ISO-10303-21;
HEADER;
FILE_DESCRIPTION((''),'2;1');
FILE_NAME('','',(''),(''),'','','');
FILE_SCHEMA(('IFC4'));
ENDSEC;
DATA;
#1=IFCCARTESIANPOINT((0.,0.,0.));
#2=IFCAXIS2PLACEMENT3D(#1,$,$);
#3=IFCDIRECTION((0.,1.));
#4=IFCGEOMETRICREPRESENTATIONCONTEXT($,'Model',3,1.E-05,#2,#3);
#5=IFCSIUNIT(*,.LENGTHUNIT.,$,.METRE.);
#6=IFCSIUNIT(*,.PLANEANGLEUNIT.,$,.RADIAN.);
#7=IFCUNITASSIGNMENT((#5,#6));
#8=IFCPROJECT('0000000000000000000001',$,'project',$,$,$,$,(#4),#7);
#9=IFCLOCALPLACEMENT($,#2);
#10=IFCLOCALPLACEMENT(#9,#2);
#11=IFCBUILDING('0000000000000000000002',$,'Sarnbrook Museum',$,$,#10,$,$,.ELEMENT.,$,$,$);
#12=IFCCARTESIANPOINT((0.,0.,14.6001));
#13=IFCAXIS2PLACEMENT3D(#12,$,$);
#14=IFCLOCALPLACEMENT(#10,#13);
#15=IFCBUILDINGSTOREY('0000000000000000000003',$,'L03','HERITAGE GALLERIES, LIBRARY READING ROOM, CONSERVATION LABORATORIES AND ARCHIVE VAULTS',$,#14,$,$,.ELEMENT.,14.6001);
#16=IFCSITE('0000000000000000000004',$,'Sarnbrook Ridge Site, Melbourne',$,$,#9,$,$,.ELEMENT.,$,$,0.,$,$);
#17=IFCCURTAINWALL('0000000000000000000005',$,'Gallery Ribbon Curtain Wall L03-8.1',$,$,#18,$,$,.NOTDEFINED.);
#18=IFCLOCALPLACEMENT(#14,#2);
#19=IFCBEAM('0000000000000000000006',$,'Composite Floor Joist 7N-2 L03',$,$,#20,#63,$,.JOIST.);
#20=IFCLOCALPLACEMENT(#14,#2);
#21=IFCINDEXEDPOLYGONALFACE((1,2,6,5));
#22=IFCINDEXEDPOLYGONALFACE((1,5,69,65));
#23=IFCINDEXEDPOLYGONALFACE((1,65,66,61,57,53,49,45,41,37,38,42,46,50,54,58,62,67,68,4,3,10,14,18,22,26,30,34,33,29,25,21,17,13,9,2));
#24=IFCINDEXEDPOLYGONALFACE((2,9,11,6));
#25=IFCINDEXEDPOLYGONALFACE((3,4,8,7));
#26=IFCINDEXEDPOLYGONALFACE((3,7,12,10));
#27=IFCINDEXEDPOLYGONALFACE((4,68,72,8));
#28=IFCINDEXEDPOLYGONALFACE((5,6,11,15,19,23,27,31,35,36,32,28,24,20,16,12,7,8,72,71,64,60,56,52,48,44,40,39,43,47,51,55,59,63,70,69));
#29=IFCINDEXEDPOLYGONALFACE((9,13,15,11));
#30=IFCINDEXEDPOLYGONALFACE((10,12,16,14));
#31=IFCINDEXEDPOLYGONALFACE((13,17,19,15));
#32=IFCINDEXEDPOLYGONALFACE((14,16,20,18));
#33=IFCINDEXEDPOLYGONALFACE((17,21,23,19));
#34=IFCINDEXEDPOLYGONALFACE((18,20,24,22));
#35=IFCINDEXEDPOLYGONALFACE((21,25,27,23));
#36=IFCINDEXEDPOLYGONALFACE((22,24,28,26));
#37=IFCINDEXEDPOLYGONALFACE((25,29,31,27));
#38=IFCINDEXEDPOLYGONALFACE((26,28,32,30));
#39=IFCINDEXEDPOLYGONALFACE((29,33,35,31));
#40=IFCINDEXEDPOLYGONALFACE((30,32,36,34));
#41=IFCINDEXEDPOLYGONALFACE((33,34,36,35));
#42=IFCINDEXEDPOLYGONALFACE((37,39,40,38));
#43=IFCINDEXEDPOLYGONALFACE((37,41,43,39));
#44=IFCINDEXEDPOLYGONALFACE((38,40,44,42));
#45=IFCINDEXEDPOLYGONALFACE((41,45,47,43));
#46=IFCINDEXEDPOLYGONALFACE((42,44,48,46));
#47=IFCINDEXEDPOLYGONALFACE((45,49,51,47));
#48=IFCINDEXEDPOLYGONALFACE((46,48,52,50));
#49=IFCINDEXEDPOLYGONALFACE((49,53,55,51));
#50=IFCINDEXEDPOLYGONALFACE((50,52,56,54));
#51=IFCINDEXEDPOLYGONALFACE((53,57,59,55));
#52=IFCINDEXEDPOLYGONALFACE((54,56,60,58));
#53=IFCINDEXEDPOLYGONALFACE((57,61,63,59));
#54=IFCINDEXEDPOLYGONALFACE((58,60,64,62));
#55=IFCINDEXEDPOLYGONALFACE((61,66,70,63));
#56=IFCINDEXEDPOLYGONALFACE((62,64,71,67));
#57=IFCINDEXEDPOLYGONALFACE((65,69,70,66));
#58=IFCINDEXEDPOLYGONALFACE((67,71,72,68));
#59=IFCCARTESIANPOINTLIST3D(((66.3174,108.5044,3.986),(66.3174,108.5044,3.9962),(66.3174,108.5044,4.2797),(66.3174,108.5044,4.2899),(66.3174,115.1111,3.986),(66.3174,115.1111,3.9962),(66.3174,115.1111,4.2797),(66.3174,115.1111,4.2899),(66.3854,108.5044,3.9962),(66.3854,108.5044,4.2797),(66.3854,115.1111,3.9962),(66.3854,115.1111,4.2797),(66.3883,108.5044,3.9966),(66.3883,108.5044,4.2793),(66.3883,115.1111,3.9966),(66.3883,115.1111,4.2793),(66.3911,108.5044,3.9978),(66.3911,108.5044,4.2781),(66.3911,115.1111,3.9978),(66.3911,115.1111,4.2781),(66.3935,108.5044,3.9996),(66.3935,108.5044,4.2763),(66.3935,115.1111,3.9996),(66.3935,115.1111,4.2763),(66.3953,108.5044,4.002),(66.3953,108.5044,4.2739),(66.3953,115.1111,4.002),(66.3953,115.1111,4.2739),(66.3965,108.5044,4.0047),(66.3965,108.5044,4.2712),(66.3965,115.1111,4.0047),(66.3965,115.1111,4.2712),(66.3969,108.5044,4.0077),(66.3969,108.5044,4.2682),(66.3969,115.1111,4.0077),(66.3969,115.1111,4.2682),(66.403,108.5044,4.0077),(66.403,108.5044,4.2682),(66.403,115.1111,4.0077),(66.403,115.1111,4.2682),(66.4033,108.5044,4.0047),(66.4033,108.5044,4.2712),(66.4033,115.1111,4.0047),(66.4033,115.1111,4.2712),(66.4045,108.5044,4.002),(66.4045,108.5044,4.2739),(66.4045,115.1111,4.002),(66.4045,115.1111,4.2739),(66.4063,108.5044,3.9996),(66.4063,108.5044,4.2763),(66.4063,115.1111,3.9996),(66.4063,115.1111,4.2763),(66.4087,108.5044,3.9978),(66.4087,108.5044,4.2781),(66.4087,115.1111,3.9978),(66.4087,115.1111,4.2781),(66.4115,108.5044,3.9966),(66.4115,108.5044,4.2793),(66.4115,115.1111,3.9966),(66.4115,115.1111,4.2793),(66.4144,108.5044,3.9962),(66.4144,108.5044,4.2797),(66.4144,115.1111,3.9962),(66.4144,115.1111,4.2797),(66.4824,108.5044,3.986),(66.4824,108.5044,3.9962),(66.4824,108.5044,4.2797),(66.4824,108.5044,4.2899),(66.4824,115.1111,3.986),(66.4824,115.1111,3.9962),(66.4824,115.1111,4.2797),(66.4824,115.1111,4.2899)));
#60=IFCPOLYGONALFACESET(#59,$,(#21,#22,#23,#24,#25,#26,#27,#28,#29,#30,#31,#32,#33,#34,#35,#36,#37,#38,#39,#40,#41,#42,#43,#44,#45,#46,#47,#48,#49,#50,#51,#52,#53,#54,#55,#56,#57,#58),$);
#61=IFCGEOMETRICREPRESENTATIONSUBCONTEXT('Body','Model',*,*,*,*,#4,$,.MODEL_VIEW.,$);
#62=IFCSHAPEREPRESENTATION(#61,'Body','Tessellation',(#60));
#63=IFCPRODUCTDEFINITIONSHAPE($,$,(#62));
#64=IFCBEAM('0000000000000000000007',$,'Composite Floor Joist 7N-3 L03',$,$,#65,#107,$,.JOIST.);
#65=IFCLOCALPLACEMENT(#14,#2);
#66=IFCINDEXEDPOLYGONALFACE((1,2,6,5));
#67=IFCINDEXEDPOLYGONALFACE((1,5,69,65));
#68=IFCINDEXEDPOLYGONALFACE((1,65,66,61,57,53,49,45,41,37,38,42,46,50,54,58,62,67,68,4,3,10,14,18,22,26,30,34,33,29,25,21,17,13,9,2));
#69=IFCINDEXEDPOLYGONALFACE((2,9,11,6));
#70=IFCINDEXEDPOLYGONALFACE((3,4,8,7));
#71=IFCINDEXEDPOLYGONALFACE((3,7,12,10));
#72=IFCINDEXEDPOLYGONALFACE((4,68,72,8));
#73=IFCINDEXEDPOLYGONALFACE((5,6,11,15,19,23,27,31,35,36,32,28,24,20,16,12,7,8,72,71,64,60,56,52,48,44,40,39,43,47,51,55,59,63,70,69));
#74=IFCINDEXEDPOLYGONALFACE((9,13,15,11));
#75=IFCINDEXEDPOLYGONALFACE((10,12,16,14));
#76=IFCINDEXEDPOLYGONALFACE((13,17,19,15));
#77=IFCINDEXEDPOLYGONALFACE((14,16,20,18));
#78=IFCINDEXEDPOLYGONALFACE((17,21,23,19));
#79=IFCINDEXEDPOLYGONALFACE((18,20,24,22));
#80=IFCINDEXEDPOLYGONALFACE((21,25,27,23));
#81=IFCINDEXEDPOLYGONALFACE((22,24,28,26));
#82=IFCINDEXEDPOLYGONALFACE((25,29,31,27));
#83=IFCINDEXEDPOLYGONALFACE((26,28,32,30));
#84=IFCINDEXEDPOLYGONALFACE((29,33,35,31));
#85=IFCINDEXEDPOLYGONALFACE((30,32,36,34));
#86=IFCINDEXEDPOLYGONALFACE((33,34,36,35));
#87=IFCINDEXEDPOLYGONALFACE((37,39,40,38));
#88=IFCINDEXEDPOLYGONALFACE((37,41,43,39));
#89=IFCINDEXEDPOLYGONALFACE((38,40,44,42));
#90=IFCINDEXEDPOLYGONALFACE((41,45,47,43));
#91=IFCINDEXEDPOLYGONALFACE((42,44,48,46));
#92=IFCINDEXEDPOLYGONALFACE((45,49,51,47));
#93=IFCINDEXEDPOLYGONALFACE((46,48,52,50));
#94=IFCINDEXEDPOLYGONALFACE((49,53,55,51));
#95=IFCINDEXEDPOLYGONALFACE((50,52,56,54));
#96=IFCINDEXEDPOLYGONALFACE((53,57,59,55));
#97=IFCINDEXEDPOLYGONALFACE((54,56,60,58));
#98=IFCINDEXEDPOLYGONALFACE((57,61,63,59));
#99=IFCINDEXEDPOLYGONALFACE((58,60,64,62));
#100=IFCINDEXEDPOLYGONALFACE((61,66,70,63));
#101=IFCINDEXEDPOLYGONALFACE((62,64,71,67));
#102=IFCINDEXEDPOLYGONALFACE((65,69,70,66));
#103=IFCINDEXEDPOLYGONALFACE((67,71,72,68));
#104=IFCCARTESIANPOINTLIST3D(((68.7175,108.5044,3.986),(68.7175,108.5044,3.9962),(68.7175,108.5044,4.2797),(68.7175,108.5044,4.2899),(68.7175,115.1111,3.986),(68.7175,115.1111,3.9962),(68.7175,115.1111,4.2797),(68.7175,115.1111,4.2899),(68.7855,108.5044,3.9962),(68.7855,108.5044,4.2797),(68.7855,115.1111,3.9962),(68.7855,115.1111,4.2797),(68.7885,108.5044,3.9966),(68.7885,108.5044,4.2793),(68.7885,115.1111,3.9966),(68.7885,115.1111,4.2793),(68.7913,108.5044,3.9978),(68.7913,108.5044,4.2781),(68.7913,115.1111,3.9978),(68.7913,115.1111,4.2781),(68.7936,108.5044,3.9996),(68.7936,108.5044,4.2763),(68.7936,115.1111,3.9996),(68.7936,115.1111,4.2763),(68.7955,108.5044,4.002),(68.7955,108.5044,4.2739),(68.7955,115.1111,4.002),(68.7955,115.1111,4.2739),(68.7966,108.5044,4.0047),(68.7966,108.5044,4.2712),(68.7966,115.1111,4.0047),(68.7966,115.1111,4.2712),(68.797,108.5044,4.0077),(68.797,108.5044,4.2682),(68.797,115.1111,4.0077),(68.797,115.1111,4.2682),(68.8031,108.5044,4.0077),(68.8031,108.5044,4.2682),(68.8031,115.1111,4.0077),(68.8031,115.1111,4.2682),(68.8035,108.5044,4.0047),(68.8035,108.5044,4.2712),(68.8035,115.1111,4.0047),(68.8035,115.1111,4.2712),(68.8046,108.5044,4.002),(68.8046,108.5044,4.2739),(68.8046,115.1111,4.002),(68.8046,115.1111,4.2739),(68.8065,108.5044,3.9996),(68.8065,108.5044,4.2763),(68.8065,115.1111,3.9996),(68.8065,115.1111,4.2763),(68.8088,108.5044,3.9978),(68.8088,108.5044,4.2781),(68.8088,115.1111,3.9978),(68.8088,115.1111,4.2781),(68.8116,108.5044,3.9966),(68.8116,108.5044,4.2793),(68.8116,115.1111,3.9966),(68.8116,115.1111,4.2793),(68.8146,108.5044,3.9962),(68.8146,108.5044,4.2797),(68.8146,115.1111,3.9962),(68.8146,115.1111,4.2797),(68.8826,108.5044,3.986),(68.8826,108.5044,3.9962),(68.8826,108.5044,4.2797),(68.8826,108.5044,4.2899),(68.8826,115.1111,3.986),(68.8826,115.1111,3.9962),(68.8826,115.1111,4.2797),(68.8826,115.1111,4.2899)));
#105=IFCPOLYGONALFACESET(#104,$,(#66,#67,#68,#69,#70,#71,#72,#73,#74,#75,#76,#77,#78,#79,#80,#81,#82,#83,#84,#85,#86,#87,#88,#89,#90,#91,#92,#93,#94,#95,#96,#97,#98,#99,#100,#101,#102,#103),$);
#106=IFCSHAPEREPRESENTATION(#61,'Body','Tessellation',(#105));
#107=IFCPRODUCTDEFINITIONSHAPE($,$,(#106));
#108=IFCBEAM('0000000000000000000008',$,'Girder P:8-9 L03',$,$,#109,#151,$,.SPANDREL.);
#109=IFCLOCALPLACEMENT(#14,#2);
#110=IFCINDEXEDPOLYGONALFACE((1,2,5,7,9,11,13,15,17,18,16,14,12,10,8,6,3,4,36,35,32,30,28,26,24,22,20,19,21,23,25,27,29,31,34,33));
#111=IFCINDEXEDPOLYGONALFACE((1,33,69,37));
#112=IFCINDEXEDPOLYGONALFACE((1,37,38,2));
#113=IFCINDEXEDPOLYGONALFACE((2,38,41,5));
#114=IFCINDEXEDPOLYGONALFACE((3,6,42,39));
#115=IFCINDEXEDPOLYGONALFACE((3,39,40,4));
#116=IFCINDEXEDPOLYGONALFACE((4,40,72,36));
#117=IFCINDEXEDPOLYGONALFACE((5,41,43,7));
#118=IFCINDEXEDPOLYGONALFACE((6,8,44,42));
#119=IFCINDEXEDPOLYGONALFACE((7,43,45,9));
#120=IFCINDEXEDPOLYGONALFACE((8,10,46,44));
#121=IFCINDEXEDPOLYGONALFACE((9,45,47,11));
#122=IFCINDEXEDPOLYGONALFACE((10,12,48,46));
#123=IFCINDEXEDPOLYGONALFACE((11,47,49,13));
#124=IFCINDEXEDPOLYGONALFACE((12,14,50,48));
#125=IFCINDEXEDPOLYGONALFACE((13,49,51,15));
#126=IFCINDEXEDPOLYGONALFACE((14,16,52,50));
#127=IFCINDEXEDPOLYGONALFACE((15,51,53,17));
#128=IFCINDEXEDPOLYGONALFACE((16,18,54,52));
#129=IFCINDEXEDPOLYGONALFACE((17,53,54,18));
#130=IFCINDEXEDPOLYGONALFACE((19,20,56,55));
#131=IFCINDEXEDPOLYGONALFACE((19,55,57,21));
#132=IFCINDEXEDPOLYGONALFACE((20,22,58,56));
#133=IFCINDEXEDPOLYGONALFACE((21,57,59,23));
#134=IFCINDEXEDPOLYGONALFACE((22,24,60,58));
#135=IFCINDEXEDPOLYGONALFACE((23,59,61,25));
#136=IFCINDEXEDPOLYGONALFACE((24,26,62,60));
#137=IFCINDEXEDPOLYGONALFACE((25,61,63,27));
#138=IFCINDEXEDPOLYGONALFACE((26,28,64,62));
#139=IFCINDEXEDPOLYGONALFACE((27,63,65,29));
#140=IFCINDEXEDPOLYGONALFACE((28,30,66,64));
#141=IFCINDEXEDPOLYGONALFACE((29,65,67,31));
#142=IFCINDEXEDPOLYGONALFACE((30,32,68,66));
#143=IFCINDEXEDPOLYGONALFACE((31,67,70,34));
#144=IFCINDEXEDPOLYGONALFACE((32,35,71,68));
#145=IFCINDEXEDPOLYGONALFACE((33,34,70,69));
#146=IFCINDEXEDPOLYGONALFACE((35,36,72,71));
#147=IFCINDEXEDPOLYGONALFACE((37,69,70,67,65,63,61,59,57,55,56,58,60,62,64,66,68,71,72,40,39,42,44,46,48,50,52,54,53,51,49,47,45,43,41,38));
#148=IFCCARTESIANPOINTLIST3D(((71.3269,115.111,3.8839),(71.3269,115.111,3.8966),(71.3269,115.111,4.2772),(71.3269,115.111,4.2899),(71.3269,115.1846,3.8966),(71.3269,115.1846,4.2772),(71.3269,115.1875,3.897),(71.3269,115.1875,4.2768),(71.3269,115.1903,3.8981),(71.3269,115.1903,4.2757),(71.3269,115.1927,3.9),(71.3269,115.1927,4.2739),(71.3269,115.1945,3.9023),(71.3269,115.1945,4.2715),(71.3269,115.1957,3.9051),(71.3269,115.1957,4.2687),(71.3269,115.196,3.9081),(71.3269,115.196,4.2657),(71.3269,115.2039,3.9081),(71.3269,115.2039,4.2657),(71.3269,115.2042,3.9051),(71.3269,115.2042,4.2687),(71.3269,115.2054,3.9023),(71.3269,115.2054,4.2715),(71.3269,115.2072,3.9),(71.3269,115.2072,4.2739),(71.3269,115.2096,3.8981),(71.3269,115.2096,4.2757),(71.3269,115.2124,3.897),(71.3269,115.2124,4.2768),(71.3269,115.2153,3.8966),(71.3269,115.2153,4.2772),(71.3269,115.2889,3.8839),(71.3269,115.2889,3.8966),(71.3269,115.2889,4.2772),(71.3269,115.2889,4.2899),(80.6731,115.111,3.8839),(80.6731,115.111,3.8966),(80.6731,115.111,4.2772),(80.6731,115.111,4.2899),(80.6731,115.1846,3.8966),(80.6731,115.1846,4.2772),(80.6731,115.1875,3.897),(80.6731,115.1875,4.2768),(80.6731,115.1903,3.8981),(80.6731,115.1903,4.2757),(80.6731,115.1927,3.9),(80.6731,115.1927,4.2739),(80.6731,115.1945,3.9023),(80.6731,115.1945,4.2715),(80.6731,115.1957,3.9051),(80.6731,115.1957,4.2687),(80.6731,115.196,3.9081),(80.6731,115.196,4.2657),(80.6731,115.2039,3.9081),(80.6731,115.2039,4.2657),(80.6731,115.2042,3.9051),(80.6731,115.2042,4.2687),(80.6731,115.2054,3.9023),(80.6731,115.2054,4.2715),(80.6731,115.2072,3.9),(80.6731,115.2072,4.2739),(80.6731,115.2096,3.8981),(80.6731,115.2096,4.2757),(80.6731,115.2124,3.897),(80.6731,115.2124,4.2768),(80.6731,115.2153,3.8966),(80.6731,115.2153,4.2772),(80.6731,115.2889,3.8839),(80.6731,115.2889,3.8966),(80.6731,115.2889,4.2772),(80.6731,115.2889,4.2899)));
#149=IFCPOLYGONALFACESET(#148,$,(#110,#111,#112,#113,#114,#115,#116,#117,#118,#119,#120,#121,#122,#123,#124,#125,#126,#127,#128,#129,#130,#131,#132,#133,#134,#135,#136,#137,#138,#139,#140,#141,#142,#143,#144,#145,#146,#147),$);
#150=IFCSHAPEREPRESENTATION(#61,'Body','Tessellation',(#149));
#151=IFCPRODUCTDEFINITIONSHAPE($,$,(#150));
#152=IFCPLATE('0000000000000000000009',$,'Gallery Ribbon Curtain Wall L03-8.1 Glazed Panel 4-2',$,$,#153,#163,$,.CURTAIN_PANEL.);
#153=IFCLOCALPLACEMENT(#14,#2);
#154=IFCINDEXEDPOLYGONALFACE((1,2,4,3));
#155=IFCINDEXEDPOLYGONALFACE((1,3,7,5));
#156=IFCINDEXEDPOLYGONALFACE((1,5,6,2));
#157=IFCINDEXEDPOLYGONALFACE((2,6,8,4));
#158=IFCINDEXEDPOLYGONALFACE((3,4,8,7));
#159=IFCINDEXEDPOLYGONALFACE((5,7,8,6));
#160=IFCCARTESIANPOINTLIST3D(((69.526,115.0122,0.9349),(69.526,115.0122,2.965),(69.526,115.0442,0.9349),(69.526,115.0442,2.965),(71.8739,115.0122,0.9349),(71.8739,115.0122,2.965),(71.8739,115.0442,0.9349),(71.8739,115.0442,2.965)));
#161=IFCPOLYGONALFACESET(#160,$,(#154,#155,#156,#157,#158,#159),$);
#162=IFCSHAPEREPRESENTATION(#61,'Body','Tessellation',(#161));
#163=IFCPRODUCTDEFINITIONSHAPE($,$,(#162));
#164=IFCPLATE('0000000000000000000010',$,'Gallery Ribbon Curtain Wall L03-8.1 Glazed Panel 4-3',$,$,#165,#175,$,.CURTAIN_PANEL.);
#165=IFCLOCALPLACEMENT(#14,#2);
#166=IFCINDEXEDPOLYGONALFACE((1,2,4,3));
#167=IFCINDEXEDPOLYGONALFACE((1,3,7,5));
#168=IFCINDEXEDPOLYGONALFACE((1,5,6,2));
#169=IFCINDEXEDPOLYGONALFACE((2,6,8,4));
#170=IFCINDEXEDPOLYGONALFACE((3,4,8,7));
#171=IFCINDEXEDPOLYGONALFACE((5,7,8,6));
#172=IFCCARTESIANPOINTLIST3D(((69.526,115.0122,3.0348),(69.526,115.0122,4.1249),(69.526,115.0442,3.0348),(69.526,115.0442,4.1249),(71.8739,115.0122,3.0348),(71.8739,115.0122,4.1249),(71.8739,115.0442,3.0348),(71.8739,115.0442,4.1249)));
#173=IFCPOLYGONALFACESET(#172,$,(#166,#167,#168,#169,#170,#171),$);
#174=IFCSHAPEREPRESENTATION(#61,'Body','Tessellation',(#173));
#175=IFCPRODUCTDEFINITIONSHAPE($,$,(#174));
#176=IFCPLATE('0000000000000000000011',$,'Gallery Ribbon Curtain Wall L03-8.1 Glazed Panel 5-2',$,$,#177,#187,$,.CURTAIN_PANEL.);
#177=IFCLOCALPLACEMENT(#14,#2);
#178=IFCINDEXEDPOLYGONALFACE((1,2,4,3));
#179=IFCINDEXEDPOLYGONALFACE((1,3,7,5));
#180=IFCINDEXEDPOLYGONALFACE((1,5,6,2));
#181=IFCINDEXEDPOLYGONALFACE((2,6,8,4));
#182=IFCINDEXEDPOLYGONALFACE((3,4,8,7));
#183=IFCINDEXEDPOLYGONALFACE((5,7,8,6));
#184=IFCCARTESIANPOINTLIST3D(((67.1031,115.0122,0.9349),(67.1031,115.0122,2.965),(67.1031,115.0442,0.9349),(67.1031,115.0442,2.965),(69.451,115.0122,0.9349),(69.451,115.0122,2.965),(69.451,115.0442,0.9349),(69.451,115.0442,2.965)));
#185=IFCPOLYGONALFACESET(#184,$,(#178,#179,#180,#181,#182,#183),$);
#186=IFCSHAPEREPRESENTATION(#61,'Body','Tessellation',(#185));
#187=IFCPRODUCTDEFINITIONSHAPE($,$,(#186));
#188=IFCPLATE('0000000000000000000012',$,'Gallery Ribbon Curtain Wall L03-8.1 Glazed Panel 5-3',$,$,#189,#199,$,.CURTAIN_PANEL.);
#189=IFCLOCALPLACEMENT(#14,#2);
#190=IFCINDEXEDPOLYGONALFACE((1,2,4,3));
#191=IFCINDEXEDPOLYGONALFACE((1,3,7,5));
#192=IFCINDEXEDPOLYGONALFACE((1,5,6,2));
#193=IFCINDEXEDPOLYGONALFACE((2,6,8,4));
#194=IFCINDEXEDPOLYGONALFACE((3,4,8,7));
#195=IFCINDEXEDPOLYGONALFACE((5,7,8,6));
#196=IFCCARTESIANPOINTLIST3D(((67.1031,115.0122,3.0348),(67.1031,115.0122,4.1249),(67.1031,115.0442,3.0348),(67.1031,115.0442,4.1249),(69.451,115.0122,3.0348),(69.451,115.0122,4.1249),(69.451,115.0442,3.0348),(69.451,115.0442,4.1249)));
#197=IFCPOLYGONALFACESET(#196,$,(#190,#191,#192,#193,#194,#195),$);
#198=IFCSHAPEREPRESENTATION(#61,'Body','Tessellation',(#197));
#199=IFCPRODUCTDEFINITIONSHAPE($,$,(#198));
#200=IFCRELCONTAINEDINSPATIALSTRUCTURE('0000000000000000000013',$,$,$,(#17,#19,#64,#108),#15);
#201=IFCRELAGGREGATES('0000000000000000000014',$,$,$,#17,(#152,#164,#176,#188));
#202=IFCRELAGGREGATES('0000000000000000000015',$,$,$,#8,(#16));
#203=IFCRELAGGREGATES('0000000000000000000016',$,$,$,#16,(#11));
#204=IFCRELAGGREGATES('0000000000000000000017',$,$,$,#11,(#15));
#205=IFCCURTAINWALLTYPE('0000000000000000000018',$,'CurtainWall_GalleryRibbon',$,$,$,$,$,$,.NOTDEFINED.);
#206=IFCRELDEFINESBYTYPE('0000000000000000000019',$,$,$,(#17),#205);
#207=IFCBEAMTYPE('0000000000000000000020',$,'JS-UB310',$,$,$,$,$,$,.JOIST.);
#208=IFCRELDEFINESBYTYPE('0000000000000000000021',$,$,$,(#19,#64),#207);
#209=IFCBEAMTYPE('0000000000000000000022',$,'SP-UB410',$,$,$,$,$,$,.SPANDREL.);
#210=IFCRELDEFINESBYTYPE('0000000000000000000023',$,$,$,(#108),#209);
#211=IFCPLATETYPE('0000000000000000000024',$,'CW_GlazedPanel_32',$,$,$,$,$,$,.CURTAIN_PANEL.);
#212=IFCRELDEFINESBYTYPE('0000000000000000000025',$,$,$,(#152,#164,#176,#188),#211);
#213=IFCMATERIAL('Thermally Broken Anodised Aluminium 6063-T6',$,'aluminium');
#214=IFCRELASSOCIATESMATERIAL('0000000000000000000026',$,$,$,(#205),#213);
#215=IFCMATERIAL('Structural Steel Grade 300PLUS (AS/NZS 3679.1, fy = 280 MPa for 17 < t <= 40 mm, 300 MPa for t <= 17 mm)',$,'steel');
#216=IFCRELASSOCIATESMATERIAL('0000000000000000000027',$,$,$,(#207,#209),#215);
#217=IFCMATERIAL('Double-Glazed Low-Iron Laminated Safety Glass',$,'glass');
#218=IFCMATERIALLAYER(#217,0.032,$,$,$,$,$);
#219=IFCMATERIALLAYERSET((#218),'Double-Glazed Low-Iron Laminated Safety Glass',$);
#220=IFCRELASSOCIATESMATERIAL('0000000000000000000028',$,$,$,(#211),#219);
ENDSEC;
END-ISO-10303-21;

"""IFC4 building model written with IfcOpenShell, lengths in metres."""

from ifc_helpers import new_model, si_unit, direction, frame, origin, origin_2d, place, context, subcontext, project, spatial, rectangle, i_section, extrude, material, layer, layer_set, material_profile, profile_set, type_object, element, aggregate, save


model = new_model("IFC4")

# Units and contexts
model_context = context("Model", 3, precision=1e-05, world=origin(), true_north=direction((0.0, 1.0)))
body_context = subcontext(model_context, "Body", "Model", "MODEL_VIEW")
ifc_project = project(units=[si_unit("LENGTHUNIT", "METRE"), si_unit("PLANEANGLEUNIT", "RADIAN")], contexts=[model_context])

# Site, building, storey
site_placement = place(None, origin())
site = spatial("IfcSite", under=ifc_project, at=site_placement, Name="Sarnbrook Ridge Site, Melbourne", CompositionType="ELEMENT", RefElevation=0.0)
building_placement = place(site_placement, origin())
building = spatial("IfcBuilding", under=site, at=building_placement, Name="Sarnbrook Museum", CompositionType="ELEMENT")
storey_placement = place(building_placement, frame((0.0, 0.0, 14.6001)))
storey = spatial("IfcBuildingStorey", under=building, at=storey_placement, Name="L03", Description="HERITAGE GALLERIES, LIBRARY READING ROOM, CONSERVATION LABORATORIES AND ARCHIVE VAULTS", CompositionType="ELEMENT", Elevation=14.6001)

# Shared definitions
ifc_material_1 = material(Name="Structural Steel Grade 300PLUS (AS/NZS 3679.1, fy = 280 MPa for 17 < t <= 40 mm, 300 MPa for t <= 17 mm)", Category="steel")

# Curtain wall
ifc_material_2 = material(Name="Thermally Broken Anodised Aluminium 6063-T6", Category="aluminium")
curtain_wall_type = type_object("IfcCurtainWallType", Name="CurtainWall_GalleryRibbon", PredefinedType="NOTDEFINED", material=ifc_material_2)
curtain_wall_placement = place(storey_placement, origin())
curtain_wall = element("IfcCurtainWall", 1, at=curtain_wall_placement, inside=storey, type_object=curtain_wall_type, Name="Gallery Ribbon Curtain Wall L03-8.1", PredefinedType="NOTDEFINED")

# Beams
ifc_material_profile_1 = material_profile(ifc_material_1, i_section(OverallWidth=0.165, OverallDepth=0.304, WebThickness=0.0061, FlangeThickness=0.0103, FilletRadius=0.0115, at=origin_2d()), Name="310UB40.4")
ifc_profile_set_1 = profile_set([ifc_material_profile_1], Name="Structural Steel Grade 300PLUS (AS/NZS 3679.1, fy = 280 MPa for 17 < t <= 40 mm, 300 MPa for t <= 17 mm)")
beam_type_1 = type_object("IfcBeamType", Name="JS-UB310", PredefinedType="JOIST", material=ifc_profile_set_1)
for number, where, z_axis, x_axis, name in (
    (2, (66.3999, 108.5044, 4.1379), (0.0, 1.0, 0.0), (-1.0, 0.0, 0.0), "Composite Floor Joist 7N-2 L03"),
    (3, (68.8, 108.5044, 4.1379), (0.0, 1.0, 0.0), (-1.0, 0.0, 0.0), "Composite Floor Joist 7N-3 L03"),
):
    element("IfcBeam", number, at=place(storey_placement, frame(where, z_axis=z_axis, x_axis=x_axis)), inside=storey, type_object=beam_type_1, Name=name, PredefinedType="JOIST", context=body_context, shape_type="SweptSolid", body=[
        extrude(i_section(OverallWidth=0.165, OverallDepth=0.304, WebThickness=0.0061, FlangeThickness=0.0103, FilletRadius=0.0115, at=origin_2d()), origin(), (0.0, 0.0, 1.0), 6.6067),
    ])
ifc_material_profile_2 = material_profile(ifc_material_1, i_section(OverallWidth=0.178, OverallDepth=0.406, WebThickness=0.0078, FlangeThickness=0.0127, FilletRadius=0.0115, at=origin_2d()), Name="410UB59.7")
ifc_profile_set_2 = profile_set([ifc_material_profile_2], Name="Structural Steel Grade 300PLUS (AS/NZS 3679.1, fy = 280 MPa for 17 < t <= 40 mm, 300 MPa for t <= 17 mm)")
beam_type_2 = type_object("IfcBeamType", Name="SP-UB410", PredefinedType="SPANDREL", material=ifc_profile_set_2)
beam_1_placement = place(storey_placement, frame((71.3269, 115.2, 4.0869), z_axis=(1.0, 0.0, 0.0), x_axis=(0.0, 1.0, 0.0)))
element("IfcBeam", 4, at=beam_1_placement, inside=storey, type_object=beam_type_2, Name="Girder P:8-9 L03", PredefinedType="SPANDREL", context=body_context, shape_type="SweptSolid", body=[
    extrude(i_section(OverallWidth=0.178, OverallDepth=0.406, WebThickness=0.0078, FlangeThickness=0.0127, FilletRadius=0.0115, at=origin_2d()), origin(), (0.0, 0.0, 1.0), 9.3462),
])

# Plates
ifc_material_3 = material(Name="Double-Glazed Low-Iron Laminated Safety Glass", Category="glass")
ifc_layer_1 = layer(ifc_material_3, 0.032)
ifc_layer_set_1 = layer_set([ifc_layer_1], Name="Double-Glazed Low-Iron Laminated Safety Glass")
plate_type_1 = type_object("IfcPlateType", Name="CW_GlazedPanel_32", PredefinedType="CURTAIN_PANEL", material=ifc_layer_set_1)
plate_1_placement = place(storey_placement, frame((70.7, 115.0122, 1.95), z_axis=(0.0, 1.0, 0.0), x_axis=(-1.0, 0.0, 0.0)))
plate_1 = element("IfcPlate", 5, at=plate_1_placement, type_object=plate_type_1, Name="Gallery Ribbon Curtain Wall L03-8.1 Glazed Panel 4-2", PredefinedType="CURTAIN_PANEL", context=body_context, shape_type="SweptSolid", body=[
    extrude(rectangle(XDim=2.3479, YDim=2.03, at=origin_2d()), origin(), (0.0, 0.0, 1.0), 0.032),
])
plate_2_placement = place(storey_placement, frame((70.7, 115.0122, 3.5798), z_axis=(0.0, 1.0, 0.0), x_axis=(-1.0, 0.0, 0.0)))
plate_2 = element("IfcPlate", 6, at=plate_2_placement, type_object=plate_type_1, Name="Gallery Ribbon Curtain Wall L03-8.1 Glazed Panel 4-3", PredefinedType="CURTAIN_PANEL", context=body_context, shape_type="SweptSolid", body=[
    extrude(rectangle(XDim=2.3479, YDim=1.0901, at=origin_2d()), origin(), (0.0, 0.0, 1.0), 0.032),
])
plate_3_placement = place(storey_placement, frame((68.2771, 115.0122, 1.95), z_axis=(0.0, 1.0, 0.0), x_axis=(-1.0, 0.0, 0.0)))
plate_3 = element("IfcPlate", 7, at=plate_3_placement, type_object=plate_type_1, Name="Gallery Ribbon Curtain Wall L03-8.1 Glazed Panel 5-2", PredefinedType="CURTAIN_PANEL", context=body_context, shape_type="SweptSolid", body=[
    extrude(rectangle(XDim=2.3479, YDim=2.03, at=origin_2d()), origin(), (0.0, 0.0, 1.0), 0.032),
])
plate_4_placement = place(storey_placement, frame((68.2771, 115.0122, 3.5798), z_axis=(0.0, 1.0, 0.0), x_axis=(-1.0, 0.0, 0.0)))
plate_4 = element("IfcPlate", 8, at=plate_4_placement, type_object=plate_type_1, Name="Gallery Ribbon Curtain Wall L03-8.1 Glazed Panel 5-3", PredefinedType="CURTAIN_PANEL", context=body_context, shape_type="SweptSolid", body=[
    extrude(rectangle(XDim=2.3479, YDim=1.0901, at=origin_2d()), origin(), (0.0, 0.0, 1.0), 0.032),
])
aggregate(curtain_wall, [plate_1, plate_2, plate_3, plate_4])

save(model, "model.ifc")
